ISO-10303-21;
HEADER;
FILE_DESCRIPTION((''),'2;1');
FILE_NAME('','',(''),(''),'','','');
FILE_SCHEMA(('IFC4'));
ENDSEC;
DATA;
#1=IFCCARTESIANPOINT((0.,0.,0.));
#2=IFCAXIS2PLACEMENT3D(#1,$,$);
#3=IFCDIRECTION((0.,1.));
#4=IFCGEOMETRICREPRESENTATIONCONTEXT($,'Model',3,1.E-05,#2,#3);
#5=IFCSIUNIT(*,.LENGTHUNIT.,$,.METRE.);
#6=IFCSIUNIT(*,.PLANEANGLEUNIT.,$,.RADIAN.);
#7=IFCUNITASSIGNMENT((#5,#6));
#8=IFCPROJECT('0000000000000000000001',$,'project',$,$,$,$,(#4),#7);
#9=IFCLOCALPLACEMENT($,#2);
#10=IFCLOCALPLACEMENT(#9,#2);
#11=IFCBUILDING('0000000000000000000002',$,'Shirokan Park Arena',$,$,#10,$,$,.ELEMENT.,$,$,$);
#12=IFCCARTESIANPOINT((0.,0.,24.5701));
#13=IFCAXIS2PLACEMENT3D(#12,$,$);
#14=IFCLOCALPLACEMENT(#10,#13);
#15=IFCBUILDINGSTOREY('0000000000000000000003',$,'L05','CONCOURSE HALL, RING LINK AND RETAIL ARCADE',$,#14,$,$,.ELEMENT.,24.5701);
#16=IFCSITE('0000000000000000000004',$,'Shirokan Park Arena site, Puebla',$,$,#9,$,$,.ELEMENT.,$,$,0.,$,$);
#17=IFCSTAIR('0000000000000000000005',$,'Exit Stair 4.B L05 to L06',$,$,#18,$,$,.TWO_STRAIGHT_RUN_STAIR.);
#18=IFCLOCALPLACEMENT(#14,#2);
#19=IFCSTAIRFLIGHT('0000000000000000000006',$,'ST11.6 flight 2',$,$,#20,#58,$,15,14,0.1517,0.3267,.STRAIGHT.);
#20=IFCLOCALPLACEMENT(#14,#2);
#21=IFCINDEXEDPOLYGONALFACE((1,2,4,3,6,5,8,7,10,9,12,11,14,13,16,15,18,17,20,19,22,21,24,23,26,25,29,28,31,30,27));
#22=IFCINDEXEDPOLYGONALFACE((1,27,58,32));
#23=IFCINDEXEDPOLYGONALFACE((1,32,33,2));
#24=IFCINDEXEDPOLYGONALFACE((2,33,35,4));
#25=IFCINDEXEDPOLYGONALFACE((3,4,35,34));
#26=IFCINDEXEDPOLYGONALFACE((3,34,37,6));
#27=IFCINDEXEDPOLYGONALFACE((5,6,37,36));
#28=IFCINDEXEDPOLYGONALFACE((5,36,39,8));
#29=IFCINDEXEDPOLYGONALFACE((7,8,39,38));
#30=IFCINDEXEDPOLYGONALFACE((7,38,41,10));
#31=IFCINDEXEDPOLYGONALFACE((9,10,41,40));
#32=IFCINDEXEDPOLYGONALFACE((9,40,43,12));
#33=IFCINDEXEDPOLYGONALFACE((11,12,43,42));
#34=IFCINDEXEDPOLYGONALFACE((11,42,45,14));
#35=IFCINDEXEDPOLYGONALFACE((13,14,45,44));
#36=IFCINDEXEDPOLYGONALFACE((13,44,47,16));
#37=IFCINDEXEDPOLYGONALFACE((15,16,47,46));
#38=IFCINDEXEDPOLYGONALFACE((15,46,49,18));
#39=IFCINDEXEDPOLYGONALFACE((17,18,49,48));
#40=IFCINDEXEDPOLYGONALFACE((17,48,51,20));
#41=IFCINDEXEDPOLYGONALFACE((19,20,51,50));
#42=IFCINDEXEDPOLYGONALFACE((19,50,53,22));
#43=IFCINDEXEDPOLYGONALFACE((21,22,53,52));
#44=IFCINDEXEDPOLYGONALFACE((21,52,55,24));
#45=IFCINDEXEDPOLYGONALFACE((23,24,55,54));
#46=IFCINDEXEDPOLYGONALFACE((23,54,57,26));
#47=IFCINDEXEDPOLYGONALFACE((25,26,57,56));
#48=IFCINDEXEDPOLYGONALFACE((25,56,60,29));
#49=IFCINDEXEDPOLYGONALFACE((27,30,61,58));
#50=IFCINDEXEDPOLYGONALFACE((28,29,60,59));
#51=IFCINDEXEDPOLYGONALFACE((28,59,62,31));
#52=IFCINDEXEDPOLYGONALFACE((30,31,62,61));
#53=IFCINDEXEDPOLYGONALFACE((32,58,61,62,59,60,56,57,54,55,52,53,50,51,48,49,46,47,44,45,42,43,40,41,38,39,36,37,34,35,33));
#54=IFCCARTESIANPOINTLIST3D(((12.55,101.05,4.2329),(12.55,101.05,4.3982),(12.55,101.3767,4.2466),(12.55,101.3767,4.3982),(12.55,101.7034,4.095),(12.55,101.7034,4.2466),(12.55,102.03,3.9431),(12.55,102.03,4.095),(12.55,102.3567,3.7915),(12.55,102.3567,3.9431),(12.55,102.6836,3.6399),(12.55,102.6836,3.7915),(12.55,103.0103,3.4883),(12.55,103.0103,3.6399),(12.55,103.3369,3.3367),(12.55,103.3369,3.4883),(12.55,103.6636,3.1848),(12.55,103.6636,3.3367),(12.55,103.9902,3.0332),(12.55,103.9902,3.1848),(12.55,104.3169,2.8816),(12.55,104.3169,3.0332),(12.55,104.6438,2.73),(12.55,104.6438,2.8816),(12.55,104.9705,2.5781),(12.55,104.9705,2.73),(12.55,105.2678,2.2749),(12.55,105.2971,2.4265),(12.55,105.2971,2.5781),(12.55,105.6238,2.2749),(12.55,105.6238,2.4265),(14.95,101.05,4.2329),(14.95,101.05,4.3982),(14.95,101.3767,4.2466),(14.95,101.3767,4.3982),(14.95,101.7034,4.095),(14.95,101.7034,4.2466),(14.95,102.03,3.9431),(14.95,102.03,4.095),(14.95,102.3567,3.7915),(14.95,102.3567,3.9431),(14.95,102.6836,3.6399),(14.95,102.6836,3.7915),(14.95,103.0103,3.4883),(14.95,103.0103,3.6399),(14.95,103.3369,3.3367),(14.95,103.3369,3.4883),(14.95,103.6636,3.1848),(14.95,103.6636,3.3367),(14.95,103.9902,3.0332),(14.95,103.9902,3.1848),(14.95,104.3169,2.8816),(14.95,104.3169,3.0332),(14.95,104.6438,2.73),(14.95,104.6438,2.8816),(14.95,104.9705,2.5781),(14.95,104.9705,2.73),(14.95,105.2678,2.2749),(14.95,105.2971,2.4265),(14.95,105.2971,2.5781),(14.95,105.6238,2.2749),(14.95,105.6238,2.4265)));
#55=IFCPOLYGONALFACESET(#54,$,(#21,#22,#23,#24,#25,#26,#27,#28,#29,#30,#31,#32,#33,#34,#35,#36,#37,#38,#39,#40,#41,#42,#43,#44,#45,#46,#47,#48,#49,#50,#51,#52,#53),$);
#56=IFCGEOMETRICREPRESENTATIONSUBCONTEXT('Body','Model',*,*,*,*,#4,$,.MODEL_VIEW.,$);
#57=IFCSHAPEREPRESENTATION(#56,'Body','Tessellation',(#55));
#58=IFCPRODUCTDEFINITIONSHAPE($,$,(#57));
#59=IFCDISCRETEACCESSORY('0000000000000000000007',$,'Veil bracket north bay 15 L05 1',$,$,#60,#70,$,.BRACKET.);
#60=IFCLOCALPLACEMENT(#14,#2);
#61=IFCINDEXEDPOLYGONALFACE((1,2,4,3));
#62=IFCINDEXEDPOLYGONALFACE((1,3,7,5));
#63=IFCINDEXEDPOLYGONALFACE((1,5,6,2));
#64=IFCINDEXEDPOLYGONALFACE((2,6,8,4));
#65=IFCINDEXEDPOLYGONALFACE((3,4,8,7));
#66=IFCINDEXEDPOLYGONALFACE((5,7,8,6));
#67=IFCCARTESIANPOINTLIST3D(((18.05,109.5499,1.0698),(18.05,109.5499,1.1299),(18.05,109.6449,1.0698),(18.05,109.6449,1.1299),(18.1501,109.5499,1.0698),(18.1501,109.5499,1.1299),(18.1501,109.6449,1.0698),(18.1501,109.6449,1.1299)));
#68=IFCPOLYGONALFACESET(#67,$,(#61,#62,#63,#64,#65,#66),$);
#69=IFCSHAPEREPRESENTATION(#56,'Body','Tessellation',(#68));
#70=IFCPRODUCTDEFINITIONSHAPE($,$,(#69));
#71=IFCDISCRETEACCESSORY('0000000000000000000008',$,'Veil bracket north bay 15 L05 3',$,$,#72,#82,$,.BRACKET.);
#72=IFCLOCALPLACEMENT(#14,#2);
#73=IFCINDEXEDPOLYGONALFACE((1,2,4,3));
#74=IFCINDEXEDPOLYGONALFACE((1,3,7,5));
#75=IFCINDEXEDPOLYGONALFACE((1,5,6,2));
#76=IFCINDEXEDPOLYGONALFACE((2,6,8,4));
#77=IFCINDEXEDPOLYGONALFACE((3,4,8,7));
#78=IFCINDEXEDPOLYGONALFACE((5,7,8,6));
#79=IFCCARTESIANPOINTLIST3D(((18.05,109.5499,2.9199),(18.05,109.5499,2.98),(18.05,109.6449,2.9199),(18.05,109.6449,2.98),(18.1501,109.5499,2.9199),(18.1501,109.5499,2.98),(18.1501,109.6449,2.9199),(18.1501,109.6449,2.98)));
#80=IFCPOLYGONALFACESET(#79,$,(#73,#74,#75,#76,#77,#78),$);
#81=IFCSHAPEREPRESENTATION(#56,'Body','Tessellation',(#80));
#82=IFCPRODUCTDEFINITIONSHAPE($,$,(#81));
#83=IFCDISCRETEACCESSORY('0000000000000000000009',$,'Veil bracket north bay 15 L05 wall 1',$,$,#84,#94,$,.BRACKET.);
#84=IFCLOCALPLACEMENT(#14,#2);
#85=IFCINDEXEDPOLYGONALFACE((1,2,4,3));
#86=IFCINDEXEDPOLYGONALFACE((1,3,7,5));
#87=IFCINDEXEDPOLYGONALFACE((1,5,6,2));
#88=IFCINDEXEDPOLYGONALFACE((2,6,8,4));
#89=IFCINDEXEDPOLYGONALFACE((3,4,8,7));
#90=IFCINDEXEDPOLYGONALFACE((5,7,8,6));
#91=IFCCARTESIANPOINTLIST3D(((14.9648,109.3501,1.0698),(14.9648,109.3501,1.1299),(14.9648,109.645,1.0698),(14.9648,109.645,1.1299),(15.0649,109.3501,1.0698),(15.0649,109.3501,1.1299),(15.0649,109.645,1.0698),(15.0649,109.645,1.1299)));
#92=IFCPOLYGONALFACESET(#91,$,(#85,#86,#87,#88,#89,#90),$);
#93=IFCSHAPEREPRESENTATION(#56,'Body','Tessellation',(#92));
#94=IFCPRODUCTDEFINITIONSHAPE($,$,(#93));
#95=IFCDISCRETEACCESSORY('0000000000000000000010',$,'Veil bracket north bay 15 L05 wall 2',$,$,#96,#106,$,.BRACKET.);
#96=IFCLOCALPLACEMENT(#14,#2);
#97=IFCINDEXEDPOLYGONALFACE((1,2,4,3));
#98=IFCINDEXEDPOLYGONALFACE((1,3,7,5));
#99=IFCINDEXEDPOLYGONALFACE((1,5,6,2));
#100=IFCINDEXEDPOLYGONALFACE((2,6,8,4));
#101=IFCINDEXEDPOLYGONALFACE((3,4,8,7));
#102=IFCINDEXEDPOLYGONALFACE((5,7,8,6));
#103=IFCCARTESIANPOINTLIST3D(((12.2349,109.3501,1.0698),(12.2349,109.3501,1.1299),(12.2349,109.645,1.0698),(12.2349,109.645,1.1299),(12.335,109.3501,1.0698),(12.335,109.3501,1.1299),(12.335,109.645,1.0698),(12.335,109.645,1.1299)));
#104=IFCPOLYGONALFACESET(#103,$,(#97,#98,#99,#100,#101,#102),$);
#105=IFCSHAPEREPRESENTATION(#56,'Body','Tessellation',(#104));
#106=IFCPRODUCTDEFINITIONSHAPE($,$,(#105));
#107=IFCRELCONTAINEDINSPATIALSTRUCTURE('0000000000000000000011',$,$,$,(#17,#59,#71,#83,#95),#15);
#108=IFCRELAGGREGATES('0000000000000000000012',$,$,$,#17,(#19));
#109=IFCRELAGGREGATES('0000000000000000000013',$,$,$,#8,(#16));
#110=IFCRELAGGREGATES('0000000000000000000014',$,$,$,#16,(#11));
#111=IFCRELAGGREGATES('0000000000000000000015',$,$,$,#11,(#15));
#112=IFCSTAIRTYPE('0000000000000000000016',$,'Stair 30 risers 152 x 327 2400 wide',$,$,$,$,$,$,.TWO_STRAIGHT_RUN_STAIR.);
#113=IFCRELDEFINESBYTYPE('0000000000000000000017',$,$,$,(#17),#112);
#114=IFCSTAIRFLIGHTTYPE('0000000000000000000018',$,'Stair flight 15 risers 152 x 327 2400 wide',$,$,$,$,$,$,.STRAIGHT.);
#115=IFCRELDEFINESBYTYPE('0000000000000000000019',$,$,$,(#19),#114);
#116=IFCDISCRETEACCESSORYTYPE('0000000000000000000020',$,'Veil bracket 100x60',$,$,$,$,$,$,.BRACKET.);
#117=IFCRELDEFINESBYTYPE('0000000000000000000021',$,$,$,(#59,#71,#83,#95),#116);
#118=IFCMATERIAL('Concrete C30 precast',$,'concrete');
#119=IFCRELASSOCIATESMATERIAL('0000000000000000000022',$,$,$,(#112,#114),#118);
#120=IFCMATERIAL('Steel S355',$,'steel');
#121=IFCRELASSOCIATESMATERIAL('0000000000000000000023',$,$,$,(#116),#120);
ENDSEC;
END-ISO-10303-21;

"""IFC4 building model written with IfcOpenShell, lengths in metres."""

from ifc_helpers import new_model, si_unit, direction, frame, origin, origin_2d, place, context, subcontext, project, spatial, polyline, rectangle, outline, extrude, material, type_object, element, aggregate, save


model = new_model("IFC4")

# Units and contexts
model_context = context("Model", 3, precision=1e-05, world=origin(), true_north=direction((0.0, 1.0)))
body_context = subcontext(model_context, "Body", "Model", "MODEL_VIEW")
ifc_project = project(units=[si_unit("LENGTHUNIT", "METRE"), si_unit("PLANEANGLEUNIT", "RADIAN")], contexts=[model_context])

# Site, building, storey
site_placement = place(None, origin())
site = spatial("IfcSite", under=ifc_project, at=site_placement, Name="Shirokan Park Arena site, Puebla", CompositionType="ELEMENT", RefElevation=0.0)
building_placement = place(site_placement, origin())
building = spatial("IfcBuilding", under=site, at=building_placement, Name="Shirokan Park Arena", CompositionType="ELEMENT")
storey_placement = place(building_placement, frame((0.0, 0.0, 24.5701)))
storey = spatial("IfcBuildingStorey", under=building, at=storey_placement, Name="L05", Description="CONCOURSE HALL, RING LINK AND RETAIL ARCADE", CompositionType="ELEMENT", Elevation=24.5701)

# Stair, stair flight
ifc_material_1 = material(Name="Concrete C30 precast", Category="concrete")
stair_type = type_object("IfcStairType", Name="Stair 30 risers 152 x 327 2400 wide", PredefinedType="TWO_STRAIGHT_RUN_STAIR", material=ifc_material_1)
stair_placement = place(storey_placement, origin())
stair = element("IfcStair", 1, at=stair_placement, inside=storey, type_object=stair_type, Name="Exit Stair 4.B L05 to L06", PredefinedType="TWO_STRAIGHT_RUN_STAIR")
stair_flight_type = type_object("IfcStairFlightType", Name="Stair flight 15 risers 152 x 327 2400 wide", PredefinedType="STRAIGHT", material=ifc_material_1)
stair_flight_1_placement = place(storey_placement, frame((13.75, 105.6238, 2.2749), z_axis=(0.0, 0.0, 1.0), x_axis=(0.0, -1.0, 0.0)))
stair_flight_1 = element("IfcStairFlight", 2, at=stair_flight_1_placement, type_object=stair_flight_type, Name="ST11.6 flight 2", NumberOfRisers=15, NumberOfTreads=14, PredefinedType="STRAIGHT", RiserHeight=0.1517, TreadLength=0.3267, context=body_context, shape_type="SweptSolid", body=[
    extrude(outline(polyline([(0.0, 0.0), (0.0, 0.1516), (0.3267, 0.1516), (0.3267, 0.3032), (0.6533, 0.3032), (0.6533, 0.4551), (0.98, 0.4551), (0.98, 0.6067), (1.3069, 0.6067), (1.3069, 0.7583), (1.6335, 0.7583), (1.6335, 0.9099), (1.9602, 0.9099), (1.9602, 1.0618), (2.2869, 1.0618), (2.2869, 1.2134), (2.6135, 1.2134), (2.6135, 1.365), (2.9402, 1.365), (2.9402, 1.5166), (3.2671, 1.5166), (3.2671, 1.6682), (3.5938, 1.6682), (3.5938, 1.8201), (3.9204, 1.8201), (3.9204, 1.9717), (4.2471, 1.9717), (4.2471, 2.1233), (4.5737, 2.1233), (4.5737, 2.2749), (4.5737, 1.958), (0.356, 0.0), (0.0, 0.0)])), frame((0.0, 1.2, 0.0), z_axis=(0.0, -1.0, 0.0), x_axis=(1.0, 0.0, 0.0)), (0.0, 0.0, 1.0), 2.3999),
])
aggregate(stair, [stair_flight_1])

# Discrete accessories
ifc_material_2 = material(Name="Steel S355", Category="steel")
discrete_accessory_type = type_object("IfcDiscreteAccessoryType", Name="Veil bracket 100x60", PredefinedType="BRACKET", material=ifc_material_2)
for number, where, z_axis, x_axis, name in (
    (3, (18.1001, 109.5974, 1.0698), (0.0, 0.0, 1.0), (-1.0, 0.0, 0.0), "Veil bracket north bay 15 L05 1"),
    (4, (18.1001, 109.5974, 2.9199), (0.0, 0.0, 1.0), (-1.0, 0.0, 0.0), "Veil bracket north bay 15 L05 3"),
):
    element("IfcDiscreteAccessory", number, at=place(storey_placement, frame(where, z_axis=z_axis, x_axis=x_axis)), inside=storey, type_object=discrete_accessory_type, Name=name, PredefinedType="BRACKET", context=body_context, shape_type="SweptSolid", body=[
        extrude(rectangle(XDim=0.1001, YDim=0.095, at=origin_2d()), origin(), (0.0, 0.0, 1.0), 0.0601),
    ])
for number, where, z_axis, x_axis, name in (
    (5, (15.0149, 109.4976, 1.0698), (0.0, 0.0, 1.0), (-1.0, 0.0, 0.0), "Veil bracket north bay 15 L05 wall 1"),
    (6, (12.2849, 109.4976, 1.0698), (0.0, 0.0, 1.0), (-1.0, 0.0, 0.0), "Veil bracket north bay 15 L05 wall 2"),
):
    element("IfcDiscreteAccessory", number, at=place(storey_placement, frame(where, z_axis=z_axis, x_axis=x_axis)), inside=storey, type_object=discrete_accessory_type, Name=name, PredefinedType="BRACKET", context=body_context, shape_type="SweptSolid", body=[
        extrude(rectangle(XDim=0.1001, YDim=0.2949, at=origin_2d()), origin(), (0.0, 0.0, 1.0), 0.0601),
    ])

save(model, "model.ifc")
